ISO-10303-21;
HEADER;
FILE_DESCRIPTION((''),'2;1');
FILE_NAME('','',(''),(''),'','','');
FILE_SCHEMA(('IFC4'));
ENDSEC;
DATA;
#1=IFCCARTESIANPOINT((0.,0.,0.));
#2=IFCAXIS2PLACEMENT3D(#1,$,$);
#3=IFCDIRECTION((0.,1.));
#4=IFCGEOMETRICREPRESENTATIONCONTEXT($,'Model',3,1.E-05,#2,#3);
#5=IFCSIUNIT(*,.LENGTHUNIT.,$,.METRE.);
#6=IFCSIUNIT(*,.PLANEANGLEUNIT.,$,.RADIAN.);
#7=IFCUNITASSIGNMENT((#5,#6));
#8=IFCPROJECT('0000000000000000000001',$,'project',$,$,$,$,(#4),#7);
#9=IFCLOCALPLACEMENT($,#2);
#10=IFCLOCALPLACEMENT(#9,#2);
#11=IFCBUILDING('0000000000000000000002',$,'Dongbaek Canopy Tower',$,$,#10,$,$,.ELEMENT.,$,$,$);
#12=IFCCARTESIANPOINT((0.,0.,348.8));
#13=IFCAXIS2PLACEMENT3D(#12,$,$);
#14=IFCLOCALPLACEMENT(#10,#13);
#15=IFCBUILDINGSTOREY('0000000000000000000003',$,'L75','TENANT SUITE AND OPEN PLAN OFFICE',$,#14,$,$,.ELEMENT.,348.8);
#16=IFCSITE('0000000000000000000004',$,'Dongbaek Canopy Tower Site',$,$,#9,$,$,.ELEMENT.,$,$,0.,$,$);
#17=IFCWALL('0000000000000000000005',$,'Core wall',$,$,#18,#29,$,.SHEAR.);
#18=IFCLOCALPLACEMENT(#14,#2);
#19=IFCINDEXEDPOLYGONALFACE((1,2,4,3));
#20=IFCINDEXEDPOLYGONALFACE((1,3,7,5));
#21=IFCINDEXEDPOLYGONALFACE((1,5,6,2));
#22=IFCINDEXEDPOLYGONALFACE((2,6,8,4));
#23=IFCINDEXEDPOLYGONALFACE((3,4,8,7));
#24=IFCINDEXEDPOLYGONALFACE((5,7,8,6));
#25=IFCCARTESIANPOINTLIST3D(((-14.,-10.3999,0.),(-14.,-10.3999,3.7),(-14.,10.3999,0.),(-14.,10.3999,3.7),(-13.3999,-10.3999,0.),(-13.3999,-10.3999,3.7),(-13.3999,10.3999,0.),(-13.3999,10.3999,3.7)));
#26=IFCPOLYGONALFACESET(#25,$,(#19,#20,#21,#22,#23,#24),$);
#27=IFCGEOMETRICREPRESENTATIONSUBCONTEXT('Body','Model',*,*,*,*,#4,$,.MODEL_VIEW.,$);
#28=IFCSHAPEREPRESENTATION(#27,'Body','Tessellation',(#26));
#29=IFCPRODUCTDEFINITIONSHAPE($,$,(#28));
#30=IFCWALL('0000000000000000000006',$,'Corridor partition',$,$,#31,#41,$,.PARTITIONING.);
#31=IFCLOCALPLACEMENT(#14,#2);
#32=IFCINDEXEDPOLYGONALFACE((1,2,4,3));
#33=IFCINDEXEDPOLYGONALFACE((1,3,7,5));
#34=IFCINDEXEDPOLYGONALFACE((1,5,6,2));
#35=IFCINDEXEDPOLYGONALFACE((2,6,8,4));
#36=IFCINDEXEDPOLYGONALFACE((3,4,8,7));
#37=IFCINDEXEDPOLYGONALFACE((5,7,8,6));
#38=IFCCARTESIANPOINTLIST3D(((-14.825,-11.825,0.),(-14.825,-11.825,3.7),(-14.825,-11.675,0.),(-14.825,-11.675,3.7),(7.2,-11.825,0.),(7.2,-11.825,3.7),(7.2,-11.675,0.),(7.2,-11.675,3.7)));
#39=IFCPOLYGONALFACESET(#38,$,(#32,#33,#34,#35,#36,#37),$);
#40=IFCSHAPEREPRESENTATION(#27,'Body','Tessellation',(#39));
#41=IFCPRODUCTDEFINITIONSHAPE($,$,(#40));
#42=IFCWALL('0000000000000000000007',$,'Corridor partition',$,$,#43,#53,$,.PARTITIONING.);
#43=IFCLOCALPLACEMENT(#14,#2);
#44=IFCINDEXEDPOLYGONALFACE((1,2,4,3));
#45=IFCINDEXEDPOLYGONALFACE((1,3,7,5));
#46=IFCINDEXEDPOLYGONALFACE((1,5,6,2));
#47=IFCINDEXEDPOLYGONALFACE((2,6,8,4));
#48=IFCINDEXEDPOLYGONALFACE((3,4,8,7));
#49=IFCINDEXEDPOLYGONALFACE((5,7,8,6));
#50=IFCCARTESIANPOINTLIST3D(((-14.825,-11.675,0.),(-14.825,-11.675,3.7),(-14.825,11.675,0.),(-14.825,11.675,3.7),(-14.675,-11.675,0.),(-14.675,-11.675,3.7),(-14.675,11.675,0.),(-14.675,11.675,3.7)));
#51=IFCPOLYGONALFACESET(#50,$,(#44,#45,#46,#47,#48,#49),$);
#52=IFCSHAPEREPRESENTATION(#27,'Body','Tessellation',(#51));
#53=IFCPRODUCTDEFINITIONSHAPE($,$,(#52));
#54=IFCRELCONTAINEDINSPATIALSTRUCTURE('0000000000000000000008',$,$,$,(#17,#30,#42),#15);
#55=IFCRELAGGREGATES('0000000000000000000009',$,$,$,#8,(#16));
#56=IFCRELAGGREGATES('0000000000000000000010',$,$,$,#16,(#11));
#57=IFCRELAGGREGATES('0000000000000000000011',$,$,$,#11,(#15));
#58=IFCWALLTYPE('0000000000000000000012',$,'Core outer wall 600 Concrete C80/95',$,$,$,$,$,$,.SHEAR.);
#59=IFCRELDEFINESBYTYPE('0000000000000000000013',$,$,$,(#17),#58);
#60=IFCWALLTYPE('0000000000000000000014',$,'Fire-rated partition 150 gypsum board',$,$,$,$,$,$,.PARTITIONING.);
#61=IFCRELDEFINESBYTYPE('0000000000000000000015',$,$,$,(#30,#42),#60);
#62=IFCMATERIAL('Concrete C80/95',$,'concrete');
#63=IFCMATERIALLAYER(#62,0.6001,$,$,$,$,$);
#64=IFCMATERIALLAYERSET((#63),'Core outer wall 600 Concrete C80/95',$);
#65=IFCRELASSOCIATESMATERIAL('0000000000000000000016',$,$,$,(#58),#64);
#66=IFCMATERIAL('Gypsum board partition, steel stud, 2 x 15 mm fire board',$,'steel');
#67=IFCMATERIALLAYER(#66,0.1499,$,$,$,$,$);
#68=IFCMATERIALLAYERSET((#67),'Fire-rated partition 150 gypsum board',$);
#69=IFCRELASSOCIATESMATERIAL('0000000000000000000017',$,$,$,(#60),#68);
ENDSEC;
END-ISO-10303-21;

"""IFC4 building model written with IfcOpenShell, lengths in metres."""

from ifc_helpers import new_model, si_unit, direction, frame, frame_2d, origin, place, context, subcontext, project, spatial, rectangle, extrude, material, layer, layer_set, type_object, element, save


model = new_model("IFC4")

# Units and contexts
model_context = context("Model", 3, precision=1e-05, world=origin(), true_north=direction((0.0, 1.0)))
body_context = subcontext(model_context, "Body", "Model", "MODEL_VIEW")
ifc_project = project(units=[si_unit("LENGTHUNIT", "METRE"), si_unit("PLANEANGLEUNIT", "RADIAN")], contexts=[model_context])

# Site, building, storey
site_placement = place(None, origin())
site = spatial("IfcSite", under=ifc_project, at=site_placement, Name="Dongbaek Canopy Tower Site", CompositionType="ELEMENT", RefElevation=0.0)
building_placement = place(site_placement, origin())
building = spatial("IfcBuilding", under=site, at=building_placement, Name="Dongbaek Canopy Tower", CompositionType="ELEMENT")
storey_placement = place(building_placement, frame((0.0, 0.0, 348.8)))
storey = spatial("IfcBuildingStorey", under=building, at=storey_placement, Name="L75", Description="TENANT SUITE AND OPEN PLAN OFFICE", CompositionType="ELEMENT", Elevation=348.8)

# Walls
ifc_material_1 = material(Name="Concrete C80/95", Category="concrete")
ifc_layer_1 = layer(ifc_material_1, 0.6001)
ifc_layer_set_1 = layer_set([ifc_layer_1], Name="Core outer wall 600 Concrete C80/95")
wall_type_1 = type_object("IfcWallType", Name="Core outer wall 600 Concrete C80/95", PredefinedType="SHEAR", material=ifc_layer_set_1)
wall_1_placement = place(storey_placement, frame((-13.7, -10.3999, 0.0), z_axis=(0.0, 0.0, 1.0), x_axis=(0.0, 1.0, 0.0)))
element("IfcWall", 1, at=wall_1_placement, inside=storey, type_object=wall_type_1, Name="Core wall", PredefinedType="SHEAR", context=body_context, shape_type="SweptSolid", body=[
    extrude(rectangle(XDim=20.7998, YDim=0.6001, at=frame_2d((10.3999, 0.0))), origin(), (0.0, 0.0, 1.0), 3.7),
])
ifc_material_2 = material(Name="Gypsum board partition, steel stud, 2 x 15 mm fire board", Category="steel")
ifc_layer_2 = layer(ifc_material_2, 0.1499)
ifc_layer_set_2 = layer_set([ifc_layer_2], Name="Fire-rated partition 150 gypsum board")
wall_type_2 = type_object("IfcWallType", Name="Fire-rated partition 150 gypsum board", PredefinedType="PARTITIONING", material=ifc_layer_set_2)
wall_2_placement = place(storey_placement, frame((-14.825, -11.75, 0.0), z_axis=(0.0, 0.0, 1.0), x_axis=(1.0, 0.0, 0.0)))
element("IfcWall", 2, at=wall_2_placement, inside=storey, type_object=wall_type_2, Name="Corridor partition", PredefinedType="PARTITIONING", context=body_context, shape_type="SweptSolid", body=[
    extrude(rectangle(XDim=22.0249, YDim=0.1499, at=frame_2d((11.0125, 0.0))), origin(), (0.0, 0.0, 1.0), 3.7),
])
wall_3_placement = place(storey_placement, frame((-14.75, -11.675, 0.0), z_axis=(0.0, 0.0, 1.0), x_axis=(0.0, 1.0, 0.0)))
element("IfcWall", 3, at=wall_3_placement, inside=storey, type_object=wall_type_2, Name="Corridor partition", PredefinedType="PARTITIONING", context=body_context, shape_type="SweptSolid", body=[
    extrude(rectangle(XDim=23.3501, YDim=0.1499, at=frame_2d((11.675, 0.0))), origin(), (0.0, 0.0, 1.0), 3.7),
])

save(model, "model.ifc")
